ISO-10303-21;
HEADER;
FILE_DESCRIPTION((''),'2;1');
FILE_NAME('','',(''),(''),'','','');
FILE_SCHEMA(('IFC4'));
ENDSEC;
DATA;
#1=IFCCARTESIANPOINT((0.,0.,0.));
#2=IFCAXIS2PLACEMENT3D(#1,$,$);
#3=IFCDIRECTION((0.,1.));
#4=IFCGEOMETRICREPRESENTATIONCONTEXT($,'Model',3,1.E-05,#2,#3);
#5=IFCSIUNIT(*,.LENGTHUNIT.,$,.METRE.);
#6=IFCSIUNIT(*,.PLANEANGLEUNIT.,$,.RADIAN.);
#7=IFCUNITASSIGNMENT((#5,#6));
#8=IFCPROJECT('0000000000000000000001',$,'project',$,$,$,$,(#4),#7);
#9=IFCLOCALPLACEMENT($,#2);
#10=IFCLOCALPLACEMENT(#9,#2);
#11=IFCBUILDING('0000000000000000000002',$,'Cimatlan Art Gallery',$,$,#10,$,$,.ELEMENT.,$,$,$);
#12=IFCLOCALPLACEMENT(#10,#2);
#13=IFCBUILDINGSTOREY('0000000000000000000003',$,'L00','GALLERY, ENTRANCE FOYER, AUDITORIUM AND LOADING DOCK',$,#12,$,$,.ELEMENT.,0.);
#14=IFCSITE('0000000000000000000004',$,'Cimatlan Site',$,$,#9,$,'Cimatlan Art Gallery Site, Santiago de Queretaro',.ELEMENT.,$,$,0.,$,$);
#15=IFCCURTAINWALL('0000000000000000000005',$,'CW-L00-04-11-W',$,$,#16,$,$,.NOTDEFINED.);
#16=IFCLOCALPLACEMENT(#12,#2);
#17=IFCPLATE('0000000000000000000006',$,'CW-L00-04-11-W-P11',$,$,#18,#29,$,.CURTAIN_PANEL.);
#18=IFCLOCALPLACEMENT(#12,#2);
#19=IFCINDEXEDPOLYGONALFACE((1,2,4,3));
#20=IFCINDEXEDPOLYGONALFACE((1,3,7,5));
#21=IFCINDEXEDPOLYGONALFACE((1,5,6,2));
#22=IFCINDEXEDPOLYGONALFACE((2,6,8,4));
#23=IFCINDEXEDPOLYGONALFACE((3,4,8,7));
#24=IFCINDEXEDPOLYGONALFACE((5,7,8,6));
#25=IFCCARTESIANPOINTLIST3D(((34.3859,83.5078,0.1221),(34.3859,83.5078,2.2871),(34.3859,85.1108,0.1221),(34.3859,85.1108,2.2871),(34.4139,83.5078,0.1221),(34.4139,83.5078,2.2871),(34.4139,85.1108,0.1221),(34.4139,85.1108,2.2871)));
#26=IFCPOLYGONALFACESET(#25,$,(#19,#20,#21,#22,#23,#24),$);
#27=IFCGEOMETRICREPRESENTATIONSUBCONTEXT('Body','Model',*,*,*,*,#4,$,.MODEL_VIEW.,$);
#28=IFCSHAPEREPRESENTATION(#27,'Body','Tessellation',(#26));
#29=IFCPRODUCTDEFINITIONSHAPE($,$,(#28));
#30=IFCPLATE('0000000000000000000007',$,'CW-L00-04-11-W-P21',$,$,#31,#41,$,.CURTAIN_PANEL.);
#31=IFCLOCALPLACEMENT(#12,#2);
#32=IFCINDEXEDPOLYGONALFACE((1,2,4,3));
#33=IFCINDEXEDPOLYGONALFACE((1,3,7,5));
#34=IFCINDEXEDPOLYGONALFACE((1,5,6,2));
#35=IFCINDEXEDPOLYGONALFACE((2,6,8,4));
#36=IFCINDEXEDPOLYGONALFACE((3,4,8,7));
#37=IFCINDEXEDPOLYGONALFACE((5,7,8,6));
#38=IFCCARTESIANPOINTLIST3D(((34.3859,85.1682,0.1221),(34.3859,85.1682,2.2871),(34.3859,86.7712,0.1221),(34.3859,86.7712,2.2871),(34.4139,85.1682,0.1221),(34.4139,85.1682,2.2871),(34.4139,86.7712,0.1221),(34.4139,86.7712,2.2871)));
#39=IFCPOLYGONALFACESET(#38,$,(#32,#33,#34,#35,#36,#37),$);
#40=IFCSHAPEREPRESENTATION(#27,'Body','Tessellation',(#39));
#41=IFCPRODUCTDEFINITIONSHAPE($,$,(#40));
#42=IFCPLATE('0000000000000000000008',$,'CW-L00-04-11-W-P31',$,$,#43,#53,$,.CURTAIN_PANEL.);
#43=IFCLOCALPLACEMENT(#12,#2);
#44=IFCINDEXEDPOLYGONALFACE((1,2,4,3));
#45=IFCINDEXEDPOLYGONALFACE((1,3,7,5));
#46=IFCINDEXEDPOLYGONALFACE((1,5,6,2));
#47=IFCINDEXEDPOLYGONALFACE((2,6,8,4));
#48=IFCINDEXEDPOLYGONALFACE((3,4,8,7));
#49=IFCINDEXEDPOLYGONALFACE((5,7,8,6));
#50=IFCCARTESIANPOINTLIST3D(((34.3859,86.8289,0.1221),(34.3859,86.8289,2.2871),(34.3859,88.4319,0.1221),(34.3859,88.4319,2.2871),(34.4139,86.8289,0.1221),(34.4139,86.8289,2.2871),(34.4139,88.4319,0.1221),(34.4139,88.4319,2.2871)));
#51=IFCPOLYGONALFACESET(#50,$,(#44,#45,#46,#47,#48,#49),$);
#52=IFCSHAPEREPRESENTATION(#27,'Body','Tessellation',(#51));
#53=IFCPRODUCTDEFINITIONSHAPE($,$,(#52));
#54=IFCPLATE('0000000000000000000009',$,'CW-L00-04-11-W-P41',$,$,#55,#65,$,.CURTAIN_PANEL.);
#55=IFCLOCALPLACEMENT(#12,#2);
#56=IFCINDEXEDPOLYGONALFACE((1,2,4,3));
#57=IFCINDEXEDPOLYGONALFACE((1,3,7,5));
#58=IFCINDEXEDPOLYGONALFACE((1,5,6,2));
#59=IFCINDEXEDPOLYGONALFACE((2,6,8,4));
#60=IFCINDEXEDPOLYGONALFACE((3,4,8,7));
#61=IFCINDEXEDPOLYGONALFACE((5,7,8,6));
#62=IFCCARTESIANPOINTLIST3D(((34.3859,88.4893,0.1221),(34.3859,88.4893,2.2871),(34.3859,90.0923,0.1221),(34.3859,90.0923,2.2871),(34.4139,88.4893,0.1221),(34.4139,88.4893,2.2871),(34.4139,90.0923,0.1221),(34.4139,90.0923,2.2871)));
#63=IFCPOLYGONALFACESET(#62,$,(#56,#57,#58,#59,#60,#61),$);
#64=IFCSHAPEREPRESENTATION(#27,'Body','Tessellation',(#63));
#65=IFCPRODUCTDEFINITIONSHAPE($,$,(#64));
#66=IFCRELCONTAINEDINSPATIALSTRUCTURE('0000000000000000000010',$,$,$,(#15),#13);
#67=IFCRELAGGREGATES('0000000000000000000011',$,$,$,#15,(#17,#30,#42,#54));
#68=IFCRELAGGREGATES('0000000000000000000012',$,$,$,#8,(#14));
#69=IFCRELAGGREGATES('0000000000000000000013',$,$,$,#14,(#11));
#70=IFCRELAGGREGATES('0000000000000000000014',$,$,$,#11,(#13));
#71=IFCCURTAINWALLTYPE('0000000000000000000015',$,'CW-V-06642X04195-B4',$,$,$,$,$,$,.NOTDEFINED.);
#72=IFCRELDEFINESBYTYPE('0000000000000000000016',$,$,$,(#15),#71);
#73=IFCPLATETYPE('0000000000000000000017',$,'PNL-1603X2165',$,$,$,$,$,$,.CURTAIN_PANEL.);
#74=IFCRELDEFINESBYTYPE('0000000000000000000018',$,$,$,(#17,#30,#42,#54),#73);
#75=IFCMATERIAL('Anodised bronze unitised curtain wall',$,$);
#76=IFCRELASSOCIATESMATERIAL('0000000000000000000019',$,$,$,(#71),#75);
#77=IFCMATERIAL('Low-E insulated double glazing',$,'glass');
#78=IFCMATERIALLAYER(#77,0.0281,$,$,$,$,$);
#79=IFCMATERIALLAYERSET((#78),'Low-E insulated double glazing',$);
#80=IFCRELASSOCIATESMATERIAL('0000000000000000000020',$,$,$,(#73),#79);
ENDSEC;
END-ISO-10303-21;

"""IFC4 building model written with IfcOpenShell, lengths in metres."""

from ifc_helpers import new_model, si_unit, direction, frame, origin, origin_2d, place, context, subcontext, project, spatial, rectangle, extrude, material, layer, layer_set, type_object, element, aggregate, save


model = new_model("IFC4")

# Units and contexts
model_context = context("Model", 3, precision=1e-05, world=origin(), true_north=direction((0.0, 1.0)))
body_context = subcontext(model_context, "Body", "Model", "MODEL_VIEW")
ifc_project = project(units=[si_unit("LENGTHUNIT", "METRE"), si_unit("PLANEANGLEUNIT", "RADIAN")], contexts=[model_context])

# Site, building, storey
site_placement = place(None, origin())
site = spatial("IfcSite", under=ifc_project, at=site_placement, Name="Cimatlan Site", LongName="Cimatlan Art Gallery Site, Santiago de Queretaro", CompositionType="ELEMENT", RefElevation=0.0)
building_placement = place(site_placement, origin())
building = spatial("IfcBuilding", under=site, at=building_placement, Name="Cimatlan Art Gallery", CompositionType="ELEMENT")
storey_placement = place(building_placement, origin())
storey = spatial("IfcBuildingStorey", under=building, at=storey_placement, Name="L00", Description="GALLERY, ENTRANCE FOYER, AUDITORIUM AND LOADING DOCK", CompositionType="ELEMENT", Elevation=0.0)

# Curtain wall, plates
ifc_material_1 = material(Name="Anodised bronze unitised curtain wall")
curtain_wall_type = type_object("IfcCurtainWallType", Name="CW-V-06642X04195-B4", PredefinedType="NOTDEFINED", material=ifc_material_1)
curtain_wall_placement = place(storey_placement, origin())
curtain_wall = element("IfcCurtainWall", 1, at=curtain_wall_placement, inside=storey, type_object=curtain_wall_type, Name="CW-L00-04-11-W", PredefinedType="NOTDEFINED")
ifc_material_2 = material(Name="Low-E insulated double glazing", Category="glass")
ifc_layer_1 = layer(ifc_material_2, 0.0281)
ifc_layer_set_1 = layer_set([ifc_layer_1], Name="Low-E insulated double glazing")
plate_type_1 = type_object("IfcPlateType", Name="PNL-1603X2165", PredefinedType="CURTAIN_PANEL", material=ifc_layer_set_1)
plate_1_placement = place(storey_placement, frame((34.3999, 84.3093, 0.1221), z_axis=(0.0, 0.0, 1.0), x_axis=(0.0, 1.0, 0.0)))
plate_1 = element("IfcPlate", 2, at=plate_1_placement, type_object=plate_type_1, Name="CW-L00-04-11-W-P11", PredefinedType="CURTAIN_PANEL", context=body_context, shape_type="SweptSolid", body=[
    extrude(rectangle(XDim=1.603, YDim=0.0281, at=origin_2d()), origin(), (0.0, 0.0, 1.0), 2.165),
])
plate_2_placement = place(storey_placement, frame((34.3999, 85.9697, 0.1221), z_axis=(0.0, 0.0, 1.0), x_axis=(0.0, 1.0, 0.0)))
plate_2 = element("IfcPlate", 3, at=plate_2_placement, type_object=plate_type_1, Name="CW-L00-04-11-W-P21", PredefinedType="CURTAIN_PANEL", context=body_context, shape_type="SweptSolid", body=[
    extrude(rectangle(XDim=1.603, YDim=0.0281, at=origin_2d()), origin(), (0.0, 0.0, 1.0), 2.165),
])
plate_3_placement = place(storey_placement, frame((34.3999, 87.6304, 0.1221), z_axis=(0.0, 0.0, 1.0), x_axis=(0.0, 1.0, 0.0)))
plate_3 = element("IfcPlate", 4, at=plate_3_placement, type_object=plate_type_1, Name="CW-L00-04-11-W-P31", PredefinedType="CURTAIN_PANEL", context=body_context, shape_type="SweptSolid", body=[
    extrude(rectangle(XDim=1.603, YDim=0.0281, at=origin_2d()), origin(), (0.0, 0.0, 1.0), 2.165),
])
plate_4_placement = place(storey_placement, frame((34.3999, 89.2908, 0.1221), z_axis=(0.0, 0.0, 1.0), x_axis=(0.0, 1.0, 0.0)))
plate_4 = element("IfcPlate", 5, at=plate_4_placement, type_object=plate_type_1, Name="CW-L00-04-11-W-P41", PredefinedType="CURTAIN_PANEL", context=body_context, shape_type="SweptSolid", body=[
    extrude(rectangle(XDim=1.603, YDim=0.0281, at=origin_2d()), origin(), (0.0, 0.0, 1.0), 2.165),
])
aggregate(curtain_wall, [plate_1, plate_2, plate_3, plate_4])

save(model, "model.ifc")
